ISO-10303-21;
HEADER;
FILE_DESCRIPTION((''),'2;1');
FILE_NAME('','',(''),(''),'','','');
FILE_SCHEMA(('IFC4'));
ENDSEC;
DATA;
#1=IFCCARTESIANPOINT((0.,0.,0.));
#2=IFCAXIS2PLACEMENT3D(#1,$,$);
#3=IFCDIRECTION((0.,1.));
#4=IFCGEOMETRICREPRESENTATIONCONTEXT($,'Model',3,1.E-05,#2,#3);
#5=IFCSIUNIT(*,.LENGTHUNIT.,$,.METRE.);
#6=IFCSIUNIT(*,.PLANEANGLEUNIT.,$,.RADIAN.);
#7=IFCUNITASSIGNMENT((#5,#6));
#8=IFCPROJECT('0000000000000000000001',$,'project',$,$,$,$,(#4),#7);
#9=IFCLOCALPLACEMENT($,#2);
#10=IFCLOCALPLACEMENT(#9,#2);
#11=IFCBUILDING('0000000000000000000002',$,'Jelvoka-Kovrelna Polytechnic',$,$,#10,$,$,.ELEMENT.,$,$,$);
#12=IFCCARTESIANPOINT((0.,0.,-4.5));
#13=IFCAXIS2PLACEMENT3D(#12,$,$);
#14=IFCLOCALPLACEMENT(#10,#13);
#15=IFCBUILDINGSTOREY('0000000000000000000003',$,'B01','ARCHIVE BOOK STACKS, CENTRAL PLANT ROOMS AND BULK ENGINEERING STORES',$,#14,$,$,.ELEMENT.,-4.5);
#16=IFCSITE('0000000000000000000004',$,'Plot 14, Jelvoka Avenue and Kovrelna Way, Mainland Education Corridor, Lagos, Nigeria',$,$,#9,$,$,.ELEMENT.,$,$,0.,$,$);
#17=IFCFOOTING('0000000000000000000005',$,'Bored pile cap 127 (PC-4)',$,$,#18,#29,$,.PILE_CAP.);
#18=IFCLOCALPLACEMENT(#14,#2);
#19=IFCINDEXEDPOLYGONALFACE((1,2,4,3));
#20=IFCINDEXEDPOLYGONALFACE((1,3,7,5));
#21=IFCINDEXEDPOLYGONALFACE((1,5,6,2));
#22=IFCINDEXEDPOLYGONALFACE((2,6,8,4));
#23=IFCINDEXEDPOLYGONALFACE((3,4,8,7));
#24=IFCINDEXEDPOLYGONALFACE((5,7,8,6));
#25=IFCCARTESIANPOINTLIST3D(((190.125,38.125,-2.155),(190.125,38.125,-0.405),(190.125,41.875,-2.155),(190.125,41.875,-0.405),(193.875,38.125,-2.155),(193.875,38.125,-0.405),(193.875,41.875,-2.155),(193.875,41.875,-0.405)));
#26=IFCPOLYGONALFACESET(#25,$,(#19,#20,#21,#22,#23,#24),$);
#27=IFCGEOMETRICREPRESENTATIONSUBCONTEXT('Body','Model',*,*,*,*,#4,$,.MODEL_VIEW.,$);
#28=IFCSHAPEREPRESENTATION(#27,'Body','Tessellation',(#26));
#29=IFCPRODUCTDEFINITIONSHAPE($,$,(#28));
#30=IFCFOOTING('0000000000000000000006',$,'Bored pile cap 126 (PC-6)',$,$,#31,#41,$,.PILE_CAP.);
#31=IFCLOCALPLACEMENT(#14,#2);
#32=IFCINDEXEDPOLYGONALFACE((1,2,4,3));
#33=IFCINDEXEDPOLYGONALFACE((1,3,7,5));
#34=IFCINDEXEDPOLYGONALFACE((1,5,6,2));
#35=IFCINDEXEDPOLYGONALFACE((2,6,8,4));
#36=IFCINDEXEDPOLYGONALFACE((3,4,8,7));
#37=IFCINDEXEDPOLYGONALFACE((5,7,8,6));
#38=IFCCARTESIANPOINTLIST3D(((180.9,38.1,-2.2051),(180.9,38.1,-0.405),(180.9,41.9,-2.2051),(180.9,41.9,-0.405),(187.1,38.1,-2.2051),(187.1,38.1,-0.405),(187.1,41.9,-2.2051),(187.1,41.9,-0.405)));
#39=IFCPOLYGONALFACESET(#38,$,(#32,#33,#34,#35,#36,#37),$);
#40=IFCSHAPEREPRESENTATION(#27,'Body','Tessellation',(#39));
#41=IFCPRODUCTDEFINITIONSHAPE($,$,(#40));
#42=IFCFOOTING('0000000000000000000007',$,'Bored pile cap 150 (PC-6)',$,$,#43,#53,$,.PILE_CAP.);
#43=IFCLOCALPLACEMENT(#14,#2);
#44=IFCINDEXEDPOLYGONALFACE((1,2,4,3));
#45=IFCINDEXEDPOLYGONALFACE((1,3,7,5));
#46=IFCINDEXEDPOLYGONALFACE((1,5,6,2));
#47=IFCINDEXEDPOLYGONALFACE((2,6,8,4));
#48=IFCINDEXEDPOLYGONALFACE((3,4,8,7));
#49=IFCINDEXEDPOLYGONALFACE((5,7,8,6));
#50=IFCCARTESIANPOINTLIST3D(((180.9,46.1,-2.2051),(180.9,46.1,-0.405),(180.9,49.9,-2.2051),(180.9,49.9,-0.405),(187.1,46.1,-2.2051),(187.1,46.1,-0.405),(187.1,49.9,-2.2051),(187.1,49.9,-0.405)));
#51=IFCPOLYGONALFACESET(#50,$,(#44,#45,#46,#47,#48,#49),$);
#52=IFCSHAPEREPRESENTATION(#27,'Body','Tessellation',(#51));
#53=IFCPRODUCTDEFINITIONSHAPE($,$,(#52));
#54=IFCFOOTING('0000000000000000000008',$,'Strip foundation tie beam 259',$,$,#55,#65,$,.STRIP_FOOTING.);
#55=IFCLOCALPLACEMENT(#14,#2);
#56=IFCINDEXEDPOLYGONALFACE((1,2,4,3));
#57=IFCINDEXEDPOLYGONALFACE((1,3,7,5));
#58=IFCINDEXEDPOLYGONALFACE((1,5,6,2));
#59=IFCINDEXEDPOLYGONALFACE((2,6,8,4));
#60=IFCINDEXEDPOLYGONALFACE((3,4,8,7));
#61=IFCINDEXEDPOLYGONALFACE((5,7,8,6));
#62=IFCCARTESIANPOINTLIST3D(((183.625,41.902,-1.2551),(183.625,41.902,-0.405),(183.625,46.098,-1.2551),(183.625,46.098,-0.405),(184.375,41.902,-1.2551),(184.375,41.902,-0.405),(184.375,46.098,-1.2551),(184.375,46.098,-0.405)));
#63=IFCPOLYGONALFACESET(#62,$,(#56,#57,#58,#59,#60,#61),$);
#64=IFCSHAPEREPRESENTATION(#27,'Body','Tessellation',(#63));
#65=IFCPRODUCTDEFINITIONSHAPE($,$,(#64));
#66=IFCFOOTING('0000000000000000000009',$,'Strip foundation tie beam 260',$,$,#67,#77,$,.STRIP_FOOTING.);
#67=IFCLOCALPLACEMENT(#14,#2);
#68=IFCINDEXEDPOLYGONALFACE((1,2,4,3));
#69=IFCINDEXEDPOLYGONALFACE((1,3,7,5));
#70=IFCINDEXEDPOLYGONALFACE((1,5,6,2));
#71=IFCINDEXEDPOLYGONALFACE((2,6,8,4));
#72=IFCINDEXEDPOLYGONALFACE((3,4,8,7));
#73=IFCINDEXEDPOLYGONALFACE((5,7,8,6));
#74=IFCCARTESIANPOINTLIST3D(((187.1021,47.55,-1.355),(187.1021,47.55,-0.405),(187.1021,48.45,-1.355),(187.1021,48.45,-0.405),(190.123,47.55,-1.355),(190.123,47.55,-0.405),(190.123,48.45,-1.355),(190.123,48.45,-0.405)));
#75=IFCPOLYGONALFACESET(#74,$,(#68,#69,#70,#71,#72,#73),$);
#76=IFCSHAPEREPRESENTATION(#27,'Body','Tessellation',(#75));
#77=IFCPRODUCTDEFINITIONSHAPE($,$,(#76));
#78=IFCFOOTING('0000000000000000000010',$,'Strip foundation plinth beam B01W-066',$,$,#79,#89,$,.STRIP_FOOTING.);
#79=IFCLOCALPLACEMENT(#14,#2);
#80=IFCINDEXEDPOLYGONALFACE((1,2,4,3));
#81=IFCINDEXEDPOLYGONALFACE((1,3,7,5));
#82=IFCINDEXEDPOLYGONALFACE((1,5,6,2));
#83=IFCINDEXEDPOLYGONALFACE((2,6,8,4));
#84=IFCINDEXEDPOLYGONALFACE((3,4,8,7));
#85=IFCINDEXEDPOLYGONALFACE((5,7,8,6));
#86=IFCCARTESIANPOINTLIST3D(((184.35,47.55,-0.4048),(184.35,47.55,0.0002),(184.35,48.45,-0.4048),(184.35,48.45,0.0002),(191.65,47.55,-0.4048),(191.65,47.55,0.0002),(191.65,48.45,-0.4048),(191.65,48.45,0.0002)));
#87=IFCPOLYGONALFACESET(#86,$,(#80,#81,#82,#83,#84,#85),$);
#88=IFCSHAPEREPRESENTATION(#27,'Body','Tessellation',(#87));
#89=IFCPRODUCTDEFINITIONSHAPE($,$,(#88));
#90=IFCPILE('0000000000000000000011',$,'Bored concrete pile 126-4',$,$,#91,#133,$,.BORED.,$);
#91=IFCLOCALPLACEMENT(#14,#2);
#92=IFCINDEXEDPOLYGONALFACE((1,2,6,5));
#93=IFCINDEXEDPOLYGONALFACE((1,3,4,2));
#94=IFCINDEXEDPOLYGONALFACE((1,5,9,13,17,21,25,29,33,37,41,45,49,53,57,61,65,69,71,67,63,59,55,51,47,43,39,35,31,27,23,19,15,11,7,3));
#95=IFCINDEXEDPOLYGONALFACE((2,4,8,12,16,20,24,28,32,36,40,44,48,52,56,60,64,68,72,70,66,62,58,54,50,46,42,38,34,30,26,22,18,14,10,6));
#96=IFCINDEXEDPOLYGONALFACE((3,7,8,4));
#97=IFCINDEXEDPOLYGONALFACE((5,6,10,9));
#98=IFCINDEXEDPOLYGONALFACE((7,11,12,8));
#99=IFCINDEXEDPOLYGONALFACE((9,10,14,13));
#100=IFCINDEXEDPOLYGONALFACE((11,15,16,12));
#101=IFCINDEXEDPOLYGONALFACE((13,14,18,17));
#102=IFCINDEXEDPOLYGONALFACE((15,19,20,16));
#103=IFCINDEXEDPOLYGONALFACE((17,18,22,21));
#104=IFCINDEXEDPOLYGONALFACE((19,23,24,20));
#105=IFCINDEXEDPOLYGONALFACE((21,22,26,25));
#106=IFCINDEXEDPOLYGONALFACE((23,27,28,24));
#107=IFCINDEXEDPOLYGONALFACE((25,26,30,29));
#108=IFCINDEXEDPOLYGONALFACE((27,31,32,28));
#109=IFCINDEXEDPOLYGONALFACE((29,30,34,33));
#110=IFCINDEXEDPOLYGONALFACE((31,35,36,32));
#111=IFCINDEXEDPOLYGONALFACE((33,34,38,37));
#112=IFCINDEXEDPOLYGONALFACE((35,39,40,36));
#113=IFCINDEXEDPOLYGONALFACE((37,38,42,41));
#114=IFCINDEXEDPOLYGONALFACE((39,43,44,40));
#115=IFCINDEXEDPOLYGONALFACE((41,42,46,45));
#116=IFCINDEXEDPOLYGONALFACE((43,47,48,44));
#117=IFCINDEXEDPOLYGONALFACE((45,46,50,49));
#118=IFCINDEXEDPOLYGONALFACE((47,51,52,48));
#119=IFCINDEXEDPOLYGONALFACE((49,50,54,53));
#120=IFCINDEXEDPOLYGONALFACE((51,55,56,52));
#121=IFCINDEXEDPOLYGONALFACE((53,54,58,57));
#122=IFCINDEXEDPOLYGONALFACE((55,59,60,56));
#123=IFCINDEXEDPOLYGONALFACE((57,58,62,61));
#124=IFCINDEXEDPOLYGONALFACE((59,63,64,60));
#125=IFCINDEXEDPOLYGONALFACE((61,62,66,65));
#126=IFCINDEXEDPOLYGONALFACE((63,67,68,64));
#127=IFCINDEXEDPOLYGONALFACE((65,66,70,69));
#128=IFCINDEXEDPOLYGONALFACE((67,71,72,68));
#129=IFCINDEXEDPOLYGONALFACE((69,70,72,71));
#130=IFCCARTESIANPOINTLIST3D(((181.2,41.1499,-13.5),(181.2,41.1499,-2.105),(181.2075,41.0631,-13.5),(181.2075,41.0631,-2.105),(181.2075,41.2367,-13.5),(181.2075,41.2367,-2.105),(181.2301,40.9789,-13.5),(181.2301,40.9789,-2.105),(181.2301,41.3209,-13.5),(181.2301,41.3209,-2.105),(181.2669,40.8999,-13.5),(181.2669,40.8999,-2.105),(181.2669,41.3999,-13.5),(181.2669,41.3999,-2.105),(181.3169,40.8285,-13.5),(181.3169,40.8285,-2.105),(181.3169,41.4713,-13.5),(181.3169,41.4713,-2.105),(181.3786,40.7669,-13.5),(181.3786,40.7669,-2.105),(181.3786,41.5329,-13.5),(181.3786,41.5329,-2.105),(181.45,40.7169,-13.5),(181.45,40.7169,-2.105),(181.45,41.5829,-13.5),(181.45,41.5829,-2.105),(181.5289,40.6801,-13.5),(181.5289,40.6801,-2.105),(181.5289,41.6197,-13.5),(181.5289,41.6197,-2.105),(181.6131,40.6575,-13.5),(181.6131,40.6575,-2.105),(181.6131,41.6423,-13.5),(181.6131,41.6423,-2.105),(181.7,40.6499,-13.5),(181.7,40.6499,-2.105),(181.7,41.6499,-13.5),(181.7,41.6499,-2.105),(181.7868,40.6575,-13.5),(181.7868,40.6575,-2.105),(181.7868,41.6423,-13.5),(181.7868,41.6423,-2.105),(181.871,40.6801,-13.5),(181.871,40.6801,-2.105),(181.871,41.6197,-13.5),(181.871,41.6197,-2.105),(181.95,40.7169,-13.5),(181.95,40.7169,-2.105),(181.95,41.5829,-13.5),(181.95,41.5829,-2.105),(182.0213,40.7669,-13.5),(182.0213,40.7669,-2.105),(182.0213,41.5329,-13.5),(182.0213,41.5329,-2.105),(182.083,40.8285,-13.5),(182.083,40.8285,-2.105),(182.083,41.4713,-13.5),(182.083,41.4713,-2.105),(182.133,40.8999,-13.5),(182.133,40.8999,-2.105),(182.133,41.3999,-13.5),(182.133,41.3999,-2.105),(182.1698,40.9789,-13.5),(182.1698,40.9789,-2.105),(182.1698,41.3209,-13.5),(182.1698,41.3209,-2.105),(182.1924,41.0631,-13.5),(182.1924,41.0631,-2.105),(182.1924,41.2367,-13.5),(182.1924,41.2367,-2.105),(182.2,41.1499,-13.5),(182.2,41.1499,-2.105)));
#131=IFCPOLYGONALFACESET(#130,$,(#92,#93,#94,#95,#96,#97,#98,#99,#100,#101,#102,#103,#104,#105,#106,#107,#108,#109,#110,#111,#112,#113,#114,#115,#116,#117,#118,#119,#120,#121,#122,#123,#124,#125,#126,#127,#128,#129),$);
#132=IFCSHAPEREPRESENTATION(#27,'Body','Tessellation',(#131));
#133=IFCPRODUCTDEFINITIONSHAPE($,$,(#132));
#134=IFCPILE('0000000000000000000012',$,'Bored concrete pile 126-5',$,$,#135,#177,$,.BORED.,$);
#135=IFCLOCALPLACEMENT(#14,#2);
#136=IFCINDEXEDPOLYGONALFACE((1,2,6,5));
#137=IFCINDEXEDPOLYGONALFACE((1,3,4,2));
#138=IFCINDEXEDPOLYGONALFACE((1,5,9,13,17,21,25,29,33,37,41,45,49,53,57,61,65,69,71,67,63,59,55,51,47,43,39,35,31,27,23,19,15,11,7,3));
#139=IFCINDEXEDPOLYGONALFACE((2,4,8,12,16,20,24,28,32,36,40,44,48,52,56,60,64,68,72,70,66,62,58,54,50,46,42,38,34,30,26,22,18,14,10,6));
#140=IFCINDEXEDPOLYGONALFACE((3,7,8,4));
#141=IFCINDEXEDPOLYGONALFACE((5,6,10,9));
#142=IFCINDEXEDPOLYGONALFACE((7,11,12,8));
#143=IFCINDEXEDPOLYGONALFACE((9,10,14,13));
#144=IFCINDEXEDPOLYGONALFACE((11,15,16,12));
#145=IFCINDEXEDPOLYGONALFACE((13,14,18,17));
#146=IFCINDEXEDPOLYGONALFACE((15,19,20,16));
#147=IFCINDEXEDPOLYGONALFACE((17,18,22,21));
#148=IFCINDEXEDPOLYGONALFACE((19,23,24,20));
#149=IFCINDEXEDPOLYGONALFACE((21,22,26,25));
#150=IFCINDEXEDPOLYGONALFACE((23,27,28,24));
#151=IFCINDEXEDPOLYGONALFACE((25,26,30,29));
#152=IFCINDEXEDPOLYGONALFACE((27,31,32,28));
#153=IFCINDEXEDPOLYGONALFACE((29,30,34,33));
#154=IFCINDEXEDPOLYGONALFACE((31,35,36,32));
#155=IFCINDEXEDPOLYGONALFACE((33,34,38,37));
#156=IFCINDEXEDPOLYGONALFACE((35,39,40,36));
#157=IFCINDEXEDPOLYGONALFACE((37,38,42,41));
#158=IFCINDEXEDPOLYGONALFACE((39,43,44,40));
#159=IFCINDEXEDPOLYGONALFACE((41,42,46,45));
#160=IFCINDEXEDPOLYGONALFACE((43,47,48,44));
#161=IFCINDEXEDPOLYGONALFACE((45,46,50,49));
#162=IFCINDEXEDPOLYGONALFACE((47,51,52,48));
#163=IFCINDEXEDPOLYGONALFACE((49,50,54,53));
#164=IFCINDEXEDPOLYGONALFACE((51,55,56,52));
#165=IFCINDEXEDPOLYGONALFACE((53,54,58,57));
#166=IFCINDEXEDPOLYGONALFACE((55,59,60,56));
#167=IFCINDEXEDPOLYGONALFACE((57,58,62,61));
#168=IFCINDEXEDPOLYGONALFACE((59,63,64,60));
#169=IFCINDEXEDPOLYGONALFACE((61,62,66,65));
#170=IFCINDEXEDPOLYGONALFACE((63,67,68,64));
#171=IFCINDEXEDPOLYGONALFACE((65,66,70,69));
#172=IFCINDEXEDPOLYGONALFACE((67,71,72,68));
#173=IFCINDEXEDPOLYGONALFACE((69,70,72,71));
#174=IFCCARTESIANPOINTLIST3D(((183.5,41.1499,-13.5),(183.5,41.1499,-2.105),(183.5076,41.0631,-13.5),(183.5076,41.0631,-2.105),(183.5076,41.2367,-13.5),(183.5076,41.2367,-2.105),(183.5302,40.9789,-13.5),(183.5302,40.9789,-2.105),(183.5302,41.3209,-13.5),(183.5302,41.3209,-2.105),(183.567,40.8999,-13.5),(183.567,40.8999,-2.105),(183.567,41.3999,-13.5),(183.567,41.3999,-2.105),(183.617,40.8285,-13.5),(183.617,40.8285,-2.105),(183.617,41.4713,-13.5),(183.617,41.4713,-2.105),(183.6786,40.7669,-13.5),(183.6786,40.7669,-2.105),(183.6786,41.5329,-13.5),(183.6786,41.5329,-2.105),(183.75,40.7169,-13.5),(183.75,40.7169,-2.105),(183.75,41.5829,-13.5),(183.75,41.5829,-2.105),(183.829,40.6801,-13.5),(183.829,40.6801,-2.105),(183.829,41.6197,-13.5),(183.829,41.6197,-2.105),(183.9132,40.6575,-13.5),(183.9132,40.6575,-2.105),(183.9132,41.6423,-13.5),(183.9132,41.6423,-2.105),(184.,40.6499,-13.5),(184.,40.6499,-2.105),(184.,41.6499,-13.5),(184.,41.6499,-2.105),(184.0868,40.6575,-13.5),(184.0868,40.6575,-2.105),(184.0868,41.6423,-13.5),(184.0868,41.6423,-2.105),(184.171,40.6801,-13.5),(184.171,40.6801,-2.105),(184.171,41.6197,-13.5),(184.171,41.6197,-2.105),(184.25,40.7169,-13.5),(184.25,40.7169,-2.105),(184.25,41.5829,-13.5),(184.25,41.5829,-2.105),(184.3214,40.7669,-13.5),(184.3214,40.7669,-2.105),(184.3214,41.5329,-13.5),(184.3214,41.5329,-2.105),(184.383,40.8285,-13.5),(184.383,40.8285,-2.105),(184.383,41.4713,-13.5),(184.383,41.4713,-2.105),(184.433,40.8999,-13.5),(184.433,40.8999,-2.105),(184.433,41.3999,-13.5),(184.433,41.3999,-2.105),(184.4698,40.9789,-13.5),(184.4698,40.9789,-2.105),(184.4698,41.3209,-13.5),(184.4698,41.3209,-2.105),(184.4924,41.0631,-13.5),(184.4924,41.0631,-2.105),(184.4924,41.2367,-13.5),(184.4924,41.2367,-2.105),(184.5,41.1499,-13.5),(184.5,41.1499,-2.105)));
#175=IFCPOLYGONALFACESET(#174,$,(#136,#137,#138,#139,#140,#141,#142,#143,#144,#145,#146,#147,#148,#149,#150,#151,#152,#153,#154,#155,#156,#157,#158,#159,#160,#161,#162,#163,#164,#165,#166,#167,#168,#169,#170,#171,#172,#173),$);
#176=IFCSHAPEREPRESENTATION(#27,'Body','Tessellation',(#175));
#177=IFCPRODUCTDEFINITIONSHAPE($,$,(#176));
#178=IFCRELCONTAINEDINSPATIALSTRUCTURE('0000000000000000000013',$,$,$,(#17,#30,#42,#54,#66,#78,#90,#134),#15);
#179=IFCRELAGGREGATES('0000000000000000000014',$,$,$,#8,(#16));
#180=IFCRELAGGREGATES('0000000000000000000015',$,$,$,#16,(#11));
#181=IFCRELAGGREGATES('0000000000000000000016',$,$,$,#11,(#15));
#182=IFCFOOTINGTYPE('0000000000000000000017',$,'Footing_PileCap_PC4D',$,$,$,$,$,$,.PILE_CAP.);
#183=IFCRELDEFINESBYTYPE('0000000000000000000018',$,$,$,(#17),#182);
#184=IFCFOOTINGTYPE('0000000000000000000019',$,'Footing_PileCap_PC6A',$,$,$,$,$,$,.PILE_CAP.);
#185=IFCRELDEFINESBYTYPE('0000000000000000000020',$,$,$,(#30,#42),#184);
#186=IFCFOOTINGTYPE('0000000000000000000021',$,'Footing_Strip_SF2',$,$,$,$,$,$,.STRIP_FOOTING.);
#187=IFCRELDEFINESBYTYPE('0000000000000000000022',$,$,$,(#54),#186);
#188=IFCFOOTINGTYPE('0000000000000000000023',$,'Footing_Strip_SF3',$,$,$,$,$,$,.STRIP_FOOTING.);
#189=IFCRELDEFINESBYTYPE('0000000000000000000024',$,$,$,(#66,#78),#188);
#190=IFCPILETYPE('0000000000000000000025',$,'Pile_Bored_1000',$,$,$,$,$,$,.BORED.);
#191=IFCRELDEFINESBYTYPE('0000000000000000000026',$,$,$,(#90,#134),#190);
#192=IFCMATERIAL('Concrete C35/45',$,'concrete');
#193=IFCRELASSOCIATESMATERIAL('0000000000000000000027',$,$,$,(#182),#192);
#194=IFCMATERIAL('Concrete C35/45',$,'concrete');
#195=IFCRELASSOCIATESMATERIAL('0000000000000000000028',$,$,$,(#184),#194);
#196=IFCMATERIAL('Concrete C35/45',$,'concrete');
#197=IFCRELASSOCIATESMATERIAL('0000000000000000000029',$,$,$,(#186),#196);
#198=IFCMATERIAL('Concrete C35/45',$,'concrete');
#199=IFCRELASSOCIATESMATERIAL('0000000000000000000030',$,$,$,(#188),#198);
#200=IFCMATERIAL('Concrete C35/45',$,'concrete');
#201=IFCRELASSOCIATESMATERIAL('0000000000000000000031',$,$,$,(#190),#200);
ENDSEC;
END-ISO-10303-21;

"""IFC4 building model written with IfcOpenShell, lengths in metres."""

from ifc_helpers import new_model, si_unit, direction, frame, origin, origin_2d, place, context, subcontext, project, spatial, rectangle, circle, extrude, material, material_profile, profile_set, type_object, element, save


model = new_model("IFC4")

# Units and contexts
model_context = context("Model", 3, precision=1e-05, world=origin(), true_north=direction((0.0, 1.0)))
body_context = subcontext(model_context, "Body", "Model", "MODEL_VIEW")
ifc_project = project(units=[si_unit("LENGTHUNIT", "METRE"), si_unit("PLANEANGLEUNIT", "RADIAN")], contexts=[model_context])

# Site, building, storey
site_placement = place(None, origin())
site = spatial("IfcSite", under=ifc_project, at=site_placement, Name="Plot 14, Jelvoka Avenue and Kovrelna Way, Mainland Education Corridor, Lagos, Nigeria", CompositionType="ELEMENT", RefElevation=0.0)
building_placement = place(site_placement, origin())
building = spatial("IfcBuilding", under=site, at=building_placement, Name="Jelvoka-Kovrelna Polytechnic", CompositionType="ELEMENT")
storey_placement = place(building_placement, frame((0.0, 0.0, -4.5)))
storey = spatial("IfcBuildingStorey", under=building, at=storey_placement, Name="B01", Description="ARCHIVE BOOK STACKS, CENTRAL PLANT ROOMS AND BULK ENGINEERING STORES", CompositionType="ELEMENT", Elevation=-4.5)

# Footings
ifc_material_1 = material(Name="Concrete C35/45", Category="concrete")
footing_type_1 = type_object("IfcFootingType", Name="Footing_PileCap_PC4D", PredefinedType="PILE_CAP", material=ifc_material_1)
footing_1_placement = place(storey_placement, frame((192.0, 40.0, -2.155), z_axis=(0.0, 0.0, 1.0), x_axis=(1.0, 0.0, 0.0)))
element("IfcFooting", 1, at=footing_1_placement, inside=storey, type_object=footing_type_1, Name="Bored pile cap 127 (PC-4)", PredefinedType="PILE_CAP", context=body_context, shape_type="SweptSolid", body=[
    extrude(rectangle(XDim=3.75, YDim=3.75, at=origin_2d()), origin(), (0.0, 0.0, 1.0), 1.75),
])
ifc_material_2 = material(Name="Concrete C35/45", Category="concrete")
footing_type_2 = type_object("IfcFootingType", Name="Footing_PileCap_PC6A", PredefinedType="PILE_CAP", material=ifc_material_2)
for number, where, z_axis, x_axis, name in (
    (2, (184.0, 40.0, -2.2051), (0.0, 0.0, 1.0), (1.0, 0.0, 0.0), "Bored pile cap 126 (PC-6)"),
    (3, (184.0, 48.0, -2.2051), (0.0, 0.0, 1.0), (1.0, 0.0, 0.0), "Bored pile cap 150 (PC-6)"),
):
    element("IfcFooting", number, at=place(storey_placement, frame(where, z_axis=z_axis, x_axis=x_axis)), inside=storey, type_object=footing_type_2, Name=name, PredefinedType="PILE_CAP", context=body_context, shape_type="SweptSolid", body=[
        extrude(rectangle(XDim=6.2, YDim=3.8, at=origin_2d()), origin(), (0.0, 0.0, 1.0), 1.8),
    ])
ifc_material_3 = material(Name="Concrete C35/45", Category="concrete")
footing_type_3 = type_object("IfcFootingType", Name="Footing_Strip_SF2", PredefinedType="STRIP_FOOTING", material=ifc_material_3)
footing_2_placement = place(storey_placement, frame((184.0, 44.0, -1.2551), z_axis=(0.0, 0.0, 1.0), x_axis=(0.0, 1.0, 0.0)))
element("IfcFooting", 4, at=footing_2_placement, inside=storey, type_object=footing_type_3, Name="Strip foundation tie beam 259", PredefinedType="STRIP_FOOTING", context=body_context, shape_type="SweptSolid", body=[
    extrude(rectangle(XDim=4.196, YDim=0.75, at=origin_2d()), origin(), (0.0, 0.0, 1.0), 0.8501),
])
ifc_material_4 = material(Name="Concrete C35/45", Category="concrete")
footing_type_4 = type_object("IfcFootingType", Name="Footing_Strip_SF3", PredefinedType="STRIP_FOOTING", material=ifc_material_4)
footing_3_placement = place(storey_placement, frame((188.6125, 48.0, -1.355), z_axis=(0.0, 0.0, 1.0), x_axis=(1.0, 0.0, 0.0)))
element("IfcFooting", 5, at=footing_3_placement, inside=storey, type_object=footing_type_4, Name="Strip foundation tie beam 260", PredefinedType="STRIP_FOOTING", context=body_context, shape_type="SweptSolid", body=[
    extrude(rectangle(XDim=3.021, YDim=0.8999, at=origin_2d()), origin(), (0.0, 0.0, 1.0), 0.95),
])
footing_4_placement = place(storey_placement, frame((188.0, 48.0, -0.4048), z_axis=(0.0, 0.0, 1.0), x_axis=(1.0, 0.0, 0.0)))
element("IfcFooting", 6, at=footing_4_placement, inside=storey, type_object=footing_type_4, Name="Strip foundation plinth beam B01W-066", PredefinedType="STRIP_FOOTING", context=body_context, shape_type="SweptSolid", body=[
    extrude(rectangle(XDim=7.3, YDim=0.8999, at=origin_2d()), origin(), (0.0, 0.0, 1.0), 0.405),
])

# Piles
ifc_material_5 = material(Name="Concrete C35/45", Category="concrete")
ifc_material_profile_1 = material_profile(ifc_material_5, circle(Radius=0.5, at=origin_2d()), Name="PILE D1000")
ifc_profile_set_1 = profile_set([ifc_material_profile_1], Name="Concrete C35/45")
pile_type_1 = type_object("IfcPileType", Name="Pile_Bored_1000", PredefinedType="BORED", material=ifc_profile_set_1)
for number, where, z_axis, x_axis, name in (
    (7, (181.7, 41.1499, -2.105), (0.0, 0.0, -1.0), (1.0, 0.0, 0.0), "Bored concrete pile 126-4"),
    (8, (184.0, 41.1499, -2.105), (0.0, 0.0, -1.0), (1.0, 0.0, 0.0), "Bored concrete pile 126-5"),
):
    element("IfcPile", number, at=place(storey_placement, frame(where, z_axis=z_axis, x_axis=x_axis)), inside=storey, type_object=pile_type_1, Name=name, PredefinedType="BORED", context=body_context, shape_type="SweptSolid", body=[
        extrude(circle(Radius=0.5, at=origin_2d()), origin(), (0.0, 0.0, 1.0), 11.395),
    ])

save(model, "model.ifc")
